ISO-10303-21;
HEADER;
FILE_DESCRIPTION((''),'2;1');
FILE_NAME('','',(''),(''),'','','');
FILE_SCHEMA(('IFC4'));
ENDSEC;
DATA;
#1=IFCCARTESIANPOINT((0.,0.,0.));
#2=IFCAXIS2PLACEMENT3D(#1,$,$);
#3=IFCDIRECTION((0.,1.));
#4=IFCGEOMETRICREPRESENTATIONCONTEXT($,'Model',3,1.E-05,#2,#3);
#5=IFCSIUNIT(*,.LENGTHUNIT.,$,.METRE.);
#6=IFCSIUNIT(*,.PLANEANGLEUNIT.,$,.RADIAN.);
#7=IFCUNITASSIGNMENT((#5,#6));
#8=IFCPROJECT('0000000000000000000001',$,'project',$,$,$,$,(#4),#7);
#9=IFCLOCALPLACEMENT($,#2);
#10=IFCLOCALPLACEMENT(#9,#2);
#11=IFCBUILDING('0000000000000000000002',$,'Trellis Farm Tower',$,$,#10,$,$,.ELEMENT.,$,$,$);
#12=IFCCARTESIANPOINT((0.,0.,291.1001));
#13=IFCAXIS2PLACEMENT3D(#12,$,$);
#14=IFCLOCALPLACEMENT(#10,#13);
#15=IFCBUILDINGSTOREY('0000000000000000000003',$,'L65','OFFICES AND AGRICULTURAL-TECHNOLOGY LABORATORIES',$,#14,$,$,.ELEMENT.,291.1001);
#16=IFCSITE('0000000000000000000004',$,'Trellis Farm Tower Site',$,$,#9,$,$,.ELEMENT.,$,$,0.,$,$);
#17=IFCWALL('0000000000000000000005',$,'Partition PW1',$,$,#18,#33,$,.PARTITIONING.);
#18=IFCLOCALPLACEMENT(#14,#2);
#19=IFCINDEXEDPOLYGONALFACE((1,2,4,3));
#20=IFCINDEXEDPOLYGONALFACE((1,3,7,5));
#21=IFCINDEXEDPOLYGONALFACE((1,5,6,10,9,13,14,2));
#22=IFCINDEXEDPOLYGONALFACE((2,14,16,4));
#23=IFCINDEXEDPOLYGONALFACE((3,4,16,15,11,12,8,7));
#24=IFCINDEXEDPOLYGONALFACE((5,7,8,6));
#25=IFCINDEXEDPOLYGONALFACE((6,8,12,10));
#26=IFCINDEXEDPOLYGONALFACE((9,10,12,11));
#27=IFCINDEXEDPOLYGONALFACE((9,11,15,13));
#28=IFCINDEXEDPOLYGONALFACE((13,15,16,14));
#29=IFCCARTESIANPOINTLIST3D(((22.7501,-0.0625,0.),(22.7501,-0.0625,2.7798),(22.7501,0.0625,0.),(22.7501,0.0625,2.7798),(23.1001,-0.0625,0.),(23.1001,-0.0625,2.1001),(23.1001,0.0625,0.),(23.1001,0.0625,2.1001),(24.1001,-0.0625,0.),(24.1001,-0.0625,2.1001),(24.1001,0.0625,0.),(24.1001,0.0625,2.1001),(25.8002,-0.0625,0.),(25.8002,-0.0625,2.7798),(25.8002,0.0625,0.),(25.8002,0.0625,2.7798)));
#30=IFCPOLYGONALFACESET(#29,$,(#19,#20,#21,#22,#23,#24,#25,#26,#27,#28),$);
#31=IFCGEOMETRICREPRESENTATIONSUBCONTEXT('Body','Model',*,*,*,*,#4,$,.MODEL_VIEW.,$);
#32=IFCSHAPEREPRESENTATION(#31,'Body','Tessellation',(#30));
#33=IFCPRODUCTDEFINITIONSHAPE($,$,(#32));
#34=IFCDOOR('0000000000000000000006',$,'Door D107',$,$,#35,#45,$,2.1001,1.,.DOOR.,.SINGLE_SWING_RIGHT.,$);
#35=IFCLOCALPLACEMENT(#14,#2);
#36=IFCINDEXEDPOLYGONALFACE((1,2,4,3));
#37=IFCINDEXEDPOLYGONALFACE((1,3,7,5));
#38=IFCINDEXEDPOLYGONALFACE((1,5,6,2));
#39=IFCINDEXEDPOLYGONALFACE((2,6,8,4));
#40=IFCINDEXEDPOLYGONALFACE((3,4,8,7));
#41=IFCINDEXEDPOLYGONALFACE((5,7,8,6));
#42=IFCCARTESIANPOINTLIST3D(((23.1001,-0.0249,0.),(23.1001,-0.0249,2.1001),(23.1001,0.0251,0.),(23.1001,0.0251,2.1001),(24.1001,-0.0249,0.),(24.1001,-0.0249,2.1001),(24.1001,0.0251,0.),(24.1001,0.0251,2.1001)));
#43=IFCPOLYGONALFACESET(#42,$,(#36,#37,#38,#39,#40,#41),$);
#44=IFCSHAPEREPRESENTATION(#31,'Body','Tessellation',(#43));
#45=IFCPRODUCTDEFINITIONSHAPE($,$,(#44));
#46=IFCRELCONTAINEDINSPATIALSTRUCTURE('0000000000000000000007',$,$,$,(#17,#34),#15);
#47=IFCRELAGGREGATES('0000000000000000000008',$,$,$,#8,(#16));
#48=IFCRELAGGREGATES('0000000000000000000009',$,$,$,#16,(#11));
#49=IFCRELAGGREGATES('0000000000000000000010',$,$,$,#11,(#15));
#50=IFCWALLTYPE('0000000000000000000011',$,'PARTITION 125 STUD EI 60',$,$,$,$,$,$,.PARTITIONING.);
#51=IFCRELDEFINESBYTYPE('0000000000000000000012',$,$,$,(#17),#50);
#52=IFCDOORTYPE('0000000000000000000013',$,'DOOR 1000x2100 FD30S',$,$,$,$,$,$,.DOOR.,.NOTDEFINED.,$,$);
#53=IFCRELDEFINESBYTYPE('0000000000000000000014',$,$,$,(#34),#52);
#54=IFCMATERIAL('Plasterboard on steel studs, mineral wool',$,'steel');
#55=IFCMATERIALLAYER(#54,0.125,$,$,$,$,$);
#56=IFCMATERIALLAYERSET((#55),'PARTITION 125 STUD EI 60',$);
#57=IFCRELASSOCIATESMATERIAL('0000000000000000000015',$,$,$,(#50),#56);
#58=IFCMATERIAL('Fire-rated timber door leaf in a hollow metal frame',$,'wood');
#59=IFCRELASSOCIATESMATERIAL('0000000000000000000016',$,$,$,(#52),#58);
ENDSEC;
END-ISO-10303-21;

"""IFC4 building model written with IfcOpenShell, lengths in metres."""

from ifc_helpers import new_model, si_unit, direction, frame, frame_2d, origin, place, context, subcontext, project, spatial, rectangle, extrude, source, transform, mapped, material, layer, layer_set, type_object, element, fill, save


model = new_model("IFC4")

# Units and contexts
model_context = context("Model", 3, precision=1e-05, world=origin(), true_north=direction((0.0, 1.0)))
body_context = subcontext(model_context, "Body", "Model", "MODEL_VIEW")
ifc_project = project(units=[si_unit("LENGTHUNIT", "METRE"), si_unit("PLANEANGLEUNIT", "RADIAN")], contexts=[model_context])

# Site, building, storey
site_placement = place(None, origin())
site = spatial("IfcSite", under=ifc_project, at=site_placement, Name="Trellis Farm Tower Site", CompositionType="ELEMENT", RefElevation=0.0)
building_placement = place(site_placement, origin())
building = spatial("IfcBuilding", under=site, at=building_placement, Name="Trellis Farm Tower", CompositionType="ELEMENT")
storey_placement = place(building_placement, frame((0.0, 0.0, 291.1001)))
storey = spatial("IfcBuildingStorey", under=building, at=storey_placement, Name="L65", Description="OFFICES AND AGRICULTURAL-TECHNOLOGY LABORATORIES", CompositionType="ELEMENT", Elevation=291.1001)

# Wall, opening, door
ifc_material_1 = material(Name="Plasterboard on steel studs, mineral wool", Category="steel")
ifc_layer_1 = layer(ifc_material_1, 0.125)
ifc_layer_set_1 = layer_set([ifc_layer_1], Name="PARTITION 125 STUD EI 60")
wall_type_1 = type_object("IfcWallType", Name="PARTITION 125 STUD EI 60", PredefinedType="PARTITIONING", material=ifc_layer_set_1)
shared_shape_1 = source(origin(), body_context, "Body", "SweptSolid", [
    extrude(rectangle(XDim=3.05, YDim=0.125, at=frame_2d((1.5249, 0.0))), origin(), (0.0, 0.0, 1.0), 2.7798),
])
wall_1_placement = place(storey_placement, frame((25.8, 0.0, 0.0), z_axis=(0.0, 0.0, 1.0), x_axis=(-1.0, 0.0, 0.0)))
wall_1 = element("IfcWall", 1, at=wall_1_placement, inside=storey, type_object=wall_type_1, Name="Partition PW1", PredefinedType="PARTITIONING", context=body_context, shape_type="MappedRepresentation", body=[
    mapped(shared_shape_1, transform((0.0, 0.0, 0.0))),
])
shared_shape_2 = source(origin(), body_context, "Body", "SweptSolid", [
    extrude(rectangle(XDim=1.0, YDim=2.1001, at=frame_2d((0.5, 1.05))), frame((0.0, 0.0725, 0.0), z_axis=(0.0, -1.0, 0.0), x_axis=(1.0, 0.0, 0.0)), (0.0, 0.0, 1.0), 0.145),
])
opening_1_placement = place(wall_1_placement, frame((1.7, 0.0, 0.0)))
opening_1 = element("IfcOpeningElement", 2, at=opening_1_placement, cuts=wall_1, PredefinedType="OPENING", context=body_context, shape_type="MappedRepresentation", body=[
    mapped(shared_shape_2, transform((0.0, 0.0, 0.0))),
])
ifc_material_2 = material(Name="Fire-rated timber door leaf in a hollow metal frame", Category="wood")
door_type_1 = type_object("IfcDoorType", Name="DOOR 1000x2100 FD30S", OperationType="NOTDEFINED", PredefinedType="DOOR", material=ifc_material_2)
shared_shape_3 = source(origin(), body_context, "Body", "SweptSolid", [
    extrude(rectangle(XDim=1.0, YDim=2.1001, at=frame_2d((0.5, 1.05))), frame((0.0, 0.0249, 0.0), z_axis=(0.0, -1.0, 0.0), x_axis=(1.0, 0.0, 0.0)), (0.0, 0.0, 1.0), 0.05),
])
door_1_placement = place(opening_1_placement, origin())
door_1 = element("IfcDoor", 3, at=door_1_placement, inside=storey, type_object=door_type_1, Name="Door D107", OperationType="SINGLE_SWING_RIGHT", OverallHeight=2.1001, OverallWidth=1.0, PredefinedType="DOOR", context=body_context, shape_type="MappedRepresentation", body=[
    mapped(shared_shape_3, transform((0.0, 0.0, 0.0))),
])
fill(opening_1, door_1)

save(model, "model.ifc")
